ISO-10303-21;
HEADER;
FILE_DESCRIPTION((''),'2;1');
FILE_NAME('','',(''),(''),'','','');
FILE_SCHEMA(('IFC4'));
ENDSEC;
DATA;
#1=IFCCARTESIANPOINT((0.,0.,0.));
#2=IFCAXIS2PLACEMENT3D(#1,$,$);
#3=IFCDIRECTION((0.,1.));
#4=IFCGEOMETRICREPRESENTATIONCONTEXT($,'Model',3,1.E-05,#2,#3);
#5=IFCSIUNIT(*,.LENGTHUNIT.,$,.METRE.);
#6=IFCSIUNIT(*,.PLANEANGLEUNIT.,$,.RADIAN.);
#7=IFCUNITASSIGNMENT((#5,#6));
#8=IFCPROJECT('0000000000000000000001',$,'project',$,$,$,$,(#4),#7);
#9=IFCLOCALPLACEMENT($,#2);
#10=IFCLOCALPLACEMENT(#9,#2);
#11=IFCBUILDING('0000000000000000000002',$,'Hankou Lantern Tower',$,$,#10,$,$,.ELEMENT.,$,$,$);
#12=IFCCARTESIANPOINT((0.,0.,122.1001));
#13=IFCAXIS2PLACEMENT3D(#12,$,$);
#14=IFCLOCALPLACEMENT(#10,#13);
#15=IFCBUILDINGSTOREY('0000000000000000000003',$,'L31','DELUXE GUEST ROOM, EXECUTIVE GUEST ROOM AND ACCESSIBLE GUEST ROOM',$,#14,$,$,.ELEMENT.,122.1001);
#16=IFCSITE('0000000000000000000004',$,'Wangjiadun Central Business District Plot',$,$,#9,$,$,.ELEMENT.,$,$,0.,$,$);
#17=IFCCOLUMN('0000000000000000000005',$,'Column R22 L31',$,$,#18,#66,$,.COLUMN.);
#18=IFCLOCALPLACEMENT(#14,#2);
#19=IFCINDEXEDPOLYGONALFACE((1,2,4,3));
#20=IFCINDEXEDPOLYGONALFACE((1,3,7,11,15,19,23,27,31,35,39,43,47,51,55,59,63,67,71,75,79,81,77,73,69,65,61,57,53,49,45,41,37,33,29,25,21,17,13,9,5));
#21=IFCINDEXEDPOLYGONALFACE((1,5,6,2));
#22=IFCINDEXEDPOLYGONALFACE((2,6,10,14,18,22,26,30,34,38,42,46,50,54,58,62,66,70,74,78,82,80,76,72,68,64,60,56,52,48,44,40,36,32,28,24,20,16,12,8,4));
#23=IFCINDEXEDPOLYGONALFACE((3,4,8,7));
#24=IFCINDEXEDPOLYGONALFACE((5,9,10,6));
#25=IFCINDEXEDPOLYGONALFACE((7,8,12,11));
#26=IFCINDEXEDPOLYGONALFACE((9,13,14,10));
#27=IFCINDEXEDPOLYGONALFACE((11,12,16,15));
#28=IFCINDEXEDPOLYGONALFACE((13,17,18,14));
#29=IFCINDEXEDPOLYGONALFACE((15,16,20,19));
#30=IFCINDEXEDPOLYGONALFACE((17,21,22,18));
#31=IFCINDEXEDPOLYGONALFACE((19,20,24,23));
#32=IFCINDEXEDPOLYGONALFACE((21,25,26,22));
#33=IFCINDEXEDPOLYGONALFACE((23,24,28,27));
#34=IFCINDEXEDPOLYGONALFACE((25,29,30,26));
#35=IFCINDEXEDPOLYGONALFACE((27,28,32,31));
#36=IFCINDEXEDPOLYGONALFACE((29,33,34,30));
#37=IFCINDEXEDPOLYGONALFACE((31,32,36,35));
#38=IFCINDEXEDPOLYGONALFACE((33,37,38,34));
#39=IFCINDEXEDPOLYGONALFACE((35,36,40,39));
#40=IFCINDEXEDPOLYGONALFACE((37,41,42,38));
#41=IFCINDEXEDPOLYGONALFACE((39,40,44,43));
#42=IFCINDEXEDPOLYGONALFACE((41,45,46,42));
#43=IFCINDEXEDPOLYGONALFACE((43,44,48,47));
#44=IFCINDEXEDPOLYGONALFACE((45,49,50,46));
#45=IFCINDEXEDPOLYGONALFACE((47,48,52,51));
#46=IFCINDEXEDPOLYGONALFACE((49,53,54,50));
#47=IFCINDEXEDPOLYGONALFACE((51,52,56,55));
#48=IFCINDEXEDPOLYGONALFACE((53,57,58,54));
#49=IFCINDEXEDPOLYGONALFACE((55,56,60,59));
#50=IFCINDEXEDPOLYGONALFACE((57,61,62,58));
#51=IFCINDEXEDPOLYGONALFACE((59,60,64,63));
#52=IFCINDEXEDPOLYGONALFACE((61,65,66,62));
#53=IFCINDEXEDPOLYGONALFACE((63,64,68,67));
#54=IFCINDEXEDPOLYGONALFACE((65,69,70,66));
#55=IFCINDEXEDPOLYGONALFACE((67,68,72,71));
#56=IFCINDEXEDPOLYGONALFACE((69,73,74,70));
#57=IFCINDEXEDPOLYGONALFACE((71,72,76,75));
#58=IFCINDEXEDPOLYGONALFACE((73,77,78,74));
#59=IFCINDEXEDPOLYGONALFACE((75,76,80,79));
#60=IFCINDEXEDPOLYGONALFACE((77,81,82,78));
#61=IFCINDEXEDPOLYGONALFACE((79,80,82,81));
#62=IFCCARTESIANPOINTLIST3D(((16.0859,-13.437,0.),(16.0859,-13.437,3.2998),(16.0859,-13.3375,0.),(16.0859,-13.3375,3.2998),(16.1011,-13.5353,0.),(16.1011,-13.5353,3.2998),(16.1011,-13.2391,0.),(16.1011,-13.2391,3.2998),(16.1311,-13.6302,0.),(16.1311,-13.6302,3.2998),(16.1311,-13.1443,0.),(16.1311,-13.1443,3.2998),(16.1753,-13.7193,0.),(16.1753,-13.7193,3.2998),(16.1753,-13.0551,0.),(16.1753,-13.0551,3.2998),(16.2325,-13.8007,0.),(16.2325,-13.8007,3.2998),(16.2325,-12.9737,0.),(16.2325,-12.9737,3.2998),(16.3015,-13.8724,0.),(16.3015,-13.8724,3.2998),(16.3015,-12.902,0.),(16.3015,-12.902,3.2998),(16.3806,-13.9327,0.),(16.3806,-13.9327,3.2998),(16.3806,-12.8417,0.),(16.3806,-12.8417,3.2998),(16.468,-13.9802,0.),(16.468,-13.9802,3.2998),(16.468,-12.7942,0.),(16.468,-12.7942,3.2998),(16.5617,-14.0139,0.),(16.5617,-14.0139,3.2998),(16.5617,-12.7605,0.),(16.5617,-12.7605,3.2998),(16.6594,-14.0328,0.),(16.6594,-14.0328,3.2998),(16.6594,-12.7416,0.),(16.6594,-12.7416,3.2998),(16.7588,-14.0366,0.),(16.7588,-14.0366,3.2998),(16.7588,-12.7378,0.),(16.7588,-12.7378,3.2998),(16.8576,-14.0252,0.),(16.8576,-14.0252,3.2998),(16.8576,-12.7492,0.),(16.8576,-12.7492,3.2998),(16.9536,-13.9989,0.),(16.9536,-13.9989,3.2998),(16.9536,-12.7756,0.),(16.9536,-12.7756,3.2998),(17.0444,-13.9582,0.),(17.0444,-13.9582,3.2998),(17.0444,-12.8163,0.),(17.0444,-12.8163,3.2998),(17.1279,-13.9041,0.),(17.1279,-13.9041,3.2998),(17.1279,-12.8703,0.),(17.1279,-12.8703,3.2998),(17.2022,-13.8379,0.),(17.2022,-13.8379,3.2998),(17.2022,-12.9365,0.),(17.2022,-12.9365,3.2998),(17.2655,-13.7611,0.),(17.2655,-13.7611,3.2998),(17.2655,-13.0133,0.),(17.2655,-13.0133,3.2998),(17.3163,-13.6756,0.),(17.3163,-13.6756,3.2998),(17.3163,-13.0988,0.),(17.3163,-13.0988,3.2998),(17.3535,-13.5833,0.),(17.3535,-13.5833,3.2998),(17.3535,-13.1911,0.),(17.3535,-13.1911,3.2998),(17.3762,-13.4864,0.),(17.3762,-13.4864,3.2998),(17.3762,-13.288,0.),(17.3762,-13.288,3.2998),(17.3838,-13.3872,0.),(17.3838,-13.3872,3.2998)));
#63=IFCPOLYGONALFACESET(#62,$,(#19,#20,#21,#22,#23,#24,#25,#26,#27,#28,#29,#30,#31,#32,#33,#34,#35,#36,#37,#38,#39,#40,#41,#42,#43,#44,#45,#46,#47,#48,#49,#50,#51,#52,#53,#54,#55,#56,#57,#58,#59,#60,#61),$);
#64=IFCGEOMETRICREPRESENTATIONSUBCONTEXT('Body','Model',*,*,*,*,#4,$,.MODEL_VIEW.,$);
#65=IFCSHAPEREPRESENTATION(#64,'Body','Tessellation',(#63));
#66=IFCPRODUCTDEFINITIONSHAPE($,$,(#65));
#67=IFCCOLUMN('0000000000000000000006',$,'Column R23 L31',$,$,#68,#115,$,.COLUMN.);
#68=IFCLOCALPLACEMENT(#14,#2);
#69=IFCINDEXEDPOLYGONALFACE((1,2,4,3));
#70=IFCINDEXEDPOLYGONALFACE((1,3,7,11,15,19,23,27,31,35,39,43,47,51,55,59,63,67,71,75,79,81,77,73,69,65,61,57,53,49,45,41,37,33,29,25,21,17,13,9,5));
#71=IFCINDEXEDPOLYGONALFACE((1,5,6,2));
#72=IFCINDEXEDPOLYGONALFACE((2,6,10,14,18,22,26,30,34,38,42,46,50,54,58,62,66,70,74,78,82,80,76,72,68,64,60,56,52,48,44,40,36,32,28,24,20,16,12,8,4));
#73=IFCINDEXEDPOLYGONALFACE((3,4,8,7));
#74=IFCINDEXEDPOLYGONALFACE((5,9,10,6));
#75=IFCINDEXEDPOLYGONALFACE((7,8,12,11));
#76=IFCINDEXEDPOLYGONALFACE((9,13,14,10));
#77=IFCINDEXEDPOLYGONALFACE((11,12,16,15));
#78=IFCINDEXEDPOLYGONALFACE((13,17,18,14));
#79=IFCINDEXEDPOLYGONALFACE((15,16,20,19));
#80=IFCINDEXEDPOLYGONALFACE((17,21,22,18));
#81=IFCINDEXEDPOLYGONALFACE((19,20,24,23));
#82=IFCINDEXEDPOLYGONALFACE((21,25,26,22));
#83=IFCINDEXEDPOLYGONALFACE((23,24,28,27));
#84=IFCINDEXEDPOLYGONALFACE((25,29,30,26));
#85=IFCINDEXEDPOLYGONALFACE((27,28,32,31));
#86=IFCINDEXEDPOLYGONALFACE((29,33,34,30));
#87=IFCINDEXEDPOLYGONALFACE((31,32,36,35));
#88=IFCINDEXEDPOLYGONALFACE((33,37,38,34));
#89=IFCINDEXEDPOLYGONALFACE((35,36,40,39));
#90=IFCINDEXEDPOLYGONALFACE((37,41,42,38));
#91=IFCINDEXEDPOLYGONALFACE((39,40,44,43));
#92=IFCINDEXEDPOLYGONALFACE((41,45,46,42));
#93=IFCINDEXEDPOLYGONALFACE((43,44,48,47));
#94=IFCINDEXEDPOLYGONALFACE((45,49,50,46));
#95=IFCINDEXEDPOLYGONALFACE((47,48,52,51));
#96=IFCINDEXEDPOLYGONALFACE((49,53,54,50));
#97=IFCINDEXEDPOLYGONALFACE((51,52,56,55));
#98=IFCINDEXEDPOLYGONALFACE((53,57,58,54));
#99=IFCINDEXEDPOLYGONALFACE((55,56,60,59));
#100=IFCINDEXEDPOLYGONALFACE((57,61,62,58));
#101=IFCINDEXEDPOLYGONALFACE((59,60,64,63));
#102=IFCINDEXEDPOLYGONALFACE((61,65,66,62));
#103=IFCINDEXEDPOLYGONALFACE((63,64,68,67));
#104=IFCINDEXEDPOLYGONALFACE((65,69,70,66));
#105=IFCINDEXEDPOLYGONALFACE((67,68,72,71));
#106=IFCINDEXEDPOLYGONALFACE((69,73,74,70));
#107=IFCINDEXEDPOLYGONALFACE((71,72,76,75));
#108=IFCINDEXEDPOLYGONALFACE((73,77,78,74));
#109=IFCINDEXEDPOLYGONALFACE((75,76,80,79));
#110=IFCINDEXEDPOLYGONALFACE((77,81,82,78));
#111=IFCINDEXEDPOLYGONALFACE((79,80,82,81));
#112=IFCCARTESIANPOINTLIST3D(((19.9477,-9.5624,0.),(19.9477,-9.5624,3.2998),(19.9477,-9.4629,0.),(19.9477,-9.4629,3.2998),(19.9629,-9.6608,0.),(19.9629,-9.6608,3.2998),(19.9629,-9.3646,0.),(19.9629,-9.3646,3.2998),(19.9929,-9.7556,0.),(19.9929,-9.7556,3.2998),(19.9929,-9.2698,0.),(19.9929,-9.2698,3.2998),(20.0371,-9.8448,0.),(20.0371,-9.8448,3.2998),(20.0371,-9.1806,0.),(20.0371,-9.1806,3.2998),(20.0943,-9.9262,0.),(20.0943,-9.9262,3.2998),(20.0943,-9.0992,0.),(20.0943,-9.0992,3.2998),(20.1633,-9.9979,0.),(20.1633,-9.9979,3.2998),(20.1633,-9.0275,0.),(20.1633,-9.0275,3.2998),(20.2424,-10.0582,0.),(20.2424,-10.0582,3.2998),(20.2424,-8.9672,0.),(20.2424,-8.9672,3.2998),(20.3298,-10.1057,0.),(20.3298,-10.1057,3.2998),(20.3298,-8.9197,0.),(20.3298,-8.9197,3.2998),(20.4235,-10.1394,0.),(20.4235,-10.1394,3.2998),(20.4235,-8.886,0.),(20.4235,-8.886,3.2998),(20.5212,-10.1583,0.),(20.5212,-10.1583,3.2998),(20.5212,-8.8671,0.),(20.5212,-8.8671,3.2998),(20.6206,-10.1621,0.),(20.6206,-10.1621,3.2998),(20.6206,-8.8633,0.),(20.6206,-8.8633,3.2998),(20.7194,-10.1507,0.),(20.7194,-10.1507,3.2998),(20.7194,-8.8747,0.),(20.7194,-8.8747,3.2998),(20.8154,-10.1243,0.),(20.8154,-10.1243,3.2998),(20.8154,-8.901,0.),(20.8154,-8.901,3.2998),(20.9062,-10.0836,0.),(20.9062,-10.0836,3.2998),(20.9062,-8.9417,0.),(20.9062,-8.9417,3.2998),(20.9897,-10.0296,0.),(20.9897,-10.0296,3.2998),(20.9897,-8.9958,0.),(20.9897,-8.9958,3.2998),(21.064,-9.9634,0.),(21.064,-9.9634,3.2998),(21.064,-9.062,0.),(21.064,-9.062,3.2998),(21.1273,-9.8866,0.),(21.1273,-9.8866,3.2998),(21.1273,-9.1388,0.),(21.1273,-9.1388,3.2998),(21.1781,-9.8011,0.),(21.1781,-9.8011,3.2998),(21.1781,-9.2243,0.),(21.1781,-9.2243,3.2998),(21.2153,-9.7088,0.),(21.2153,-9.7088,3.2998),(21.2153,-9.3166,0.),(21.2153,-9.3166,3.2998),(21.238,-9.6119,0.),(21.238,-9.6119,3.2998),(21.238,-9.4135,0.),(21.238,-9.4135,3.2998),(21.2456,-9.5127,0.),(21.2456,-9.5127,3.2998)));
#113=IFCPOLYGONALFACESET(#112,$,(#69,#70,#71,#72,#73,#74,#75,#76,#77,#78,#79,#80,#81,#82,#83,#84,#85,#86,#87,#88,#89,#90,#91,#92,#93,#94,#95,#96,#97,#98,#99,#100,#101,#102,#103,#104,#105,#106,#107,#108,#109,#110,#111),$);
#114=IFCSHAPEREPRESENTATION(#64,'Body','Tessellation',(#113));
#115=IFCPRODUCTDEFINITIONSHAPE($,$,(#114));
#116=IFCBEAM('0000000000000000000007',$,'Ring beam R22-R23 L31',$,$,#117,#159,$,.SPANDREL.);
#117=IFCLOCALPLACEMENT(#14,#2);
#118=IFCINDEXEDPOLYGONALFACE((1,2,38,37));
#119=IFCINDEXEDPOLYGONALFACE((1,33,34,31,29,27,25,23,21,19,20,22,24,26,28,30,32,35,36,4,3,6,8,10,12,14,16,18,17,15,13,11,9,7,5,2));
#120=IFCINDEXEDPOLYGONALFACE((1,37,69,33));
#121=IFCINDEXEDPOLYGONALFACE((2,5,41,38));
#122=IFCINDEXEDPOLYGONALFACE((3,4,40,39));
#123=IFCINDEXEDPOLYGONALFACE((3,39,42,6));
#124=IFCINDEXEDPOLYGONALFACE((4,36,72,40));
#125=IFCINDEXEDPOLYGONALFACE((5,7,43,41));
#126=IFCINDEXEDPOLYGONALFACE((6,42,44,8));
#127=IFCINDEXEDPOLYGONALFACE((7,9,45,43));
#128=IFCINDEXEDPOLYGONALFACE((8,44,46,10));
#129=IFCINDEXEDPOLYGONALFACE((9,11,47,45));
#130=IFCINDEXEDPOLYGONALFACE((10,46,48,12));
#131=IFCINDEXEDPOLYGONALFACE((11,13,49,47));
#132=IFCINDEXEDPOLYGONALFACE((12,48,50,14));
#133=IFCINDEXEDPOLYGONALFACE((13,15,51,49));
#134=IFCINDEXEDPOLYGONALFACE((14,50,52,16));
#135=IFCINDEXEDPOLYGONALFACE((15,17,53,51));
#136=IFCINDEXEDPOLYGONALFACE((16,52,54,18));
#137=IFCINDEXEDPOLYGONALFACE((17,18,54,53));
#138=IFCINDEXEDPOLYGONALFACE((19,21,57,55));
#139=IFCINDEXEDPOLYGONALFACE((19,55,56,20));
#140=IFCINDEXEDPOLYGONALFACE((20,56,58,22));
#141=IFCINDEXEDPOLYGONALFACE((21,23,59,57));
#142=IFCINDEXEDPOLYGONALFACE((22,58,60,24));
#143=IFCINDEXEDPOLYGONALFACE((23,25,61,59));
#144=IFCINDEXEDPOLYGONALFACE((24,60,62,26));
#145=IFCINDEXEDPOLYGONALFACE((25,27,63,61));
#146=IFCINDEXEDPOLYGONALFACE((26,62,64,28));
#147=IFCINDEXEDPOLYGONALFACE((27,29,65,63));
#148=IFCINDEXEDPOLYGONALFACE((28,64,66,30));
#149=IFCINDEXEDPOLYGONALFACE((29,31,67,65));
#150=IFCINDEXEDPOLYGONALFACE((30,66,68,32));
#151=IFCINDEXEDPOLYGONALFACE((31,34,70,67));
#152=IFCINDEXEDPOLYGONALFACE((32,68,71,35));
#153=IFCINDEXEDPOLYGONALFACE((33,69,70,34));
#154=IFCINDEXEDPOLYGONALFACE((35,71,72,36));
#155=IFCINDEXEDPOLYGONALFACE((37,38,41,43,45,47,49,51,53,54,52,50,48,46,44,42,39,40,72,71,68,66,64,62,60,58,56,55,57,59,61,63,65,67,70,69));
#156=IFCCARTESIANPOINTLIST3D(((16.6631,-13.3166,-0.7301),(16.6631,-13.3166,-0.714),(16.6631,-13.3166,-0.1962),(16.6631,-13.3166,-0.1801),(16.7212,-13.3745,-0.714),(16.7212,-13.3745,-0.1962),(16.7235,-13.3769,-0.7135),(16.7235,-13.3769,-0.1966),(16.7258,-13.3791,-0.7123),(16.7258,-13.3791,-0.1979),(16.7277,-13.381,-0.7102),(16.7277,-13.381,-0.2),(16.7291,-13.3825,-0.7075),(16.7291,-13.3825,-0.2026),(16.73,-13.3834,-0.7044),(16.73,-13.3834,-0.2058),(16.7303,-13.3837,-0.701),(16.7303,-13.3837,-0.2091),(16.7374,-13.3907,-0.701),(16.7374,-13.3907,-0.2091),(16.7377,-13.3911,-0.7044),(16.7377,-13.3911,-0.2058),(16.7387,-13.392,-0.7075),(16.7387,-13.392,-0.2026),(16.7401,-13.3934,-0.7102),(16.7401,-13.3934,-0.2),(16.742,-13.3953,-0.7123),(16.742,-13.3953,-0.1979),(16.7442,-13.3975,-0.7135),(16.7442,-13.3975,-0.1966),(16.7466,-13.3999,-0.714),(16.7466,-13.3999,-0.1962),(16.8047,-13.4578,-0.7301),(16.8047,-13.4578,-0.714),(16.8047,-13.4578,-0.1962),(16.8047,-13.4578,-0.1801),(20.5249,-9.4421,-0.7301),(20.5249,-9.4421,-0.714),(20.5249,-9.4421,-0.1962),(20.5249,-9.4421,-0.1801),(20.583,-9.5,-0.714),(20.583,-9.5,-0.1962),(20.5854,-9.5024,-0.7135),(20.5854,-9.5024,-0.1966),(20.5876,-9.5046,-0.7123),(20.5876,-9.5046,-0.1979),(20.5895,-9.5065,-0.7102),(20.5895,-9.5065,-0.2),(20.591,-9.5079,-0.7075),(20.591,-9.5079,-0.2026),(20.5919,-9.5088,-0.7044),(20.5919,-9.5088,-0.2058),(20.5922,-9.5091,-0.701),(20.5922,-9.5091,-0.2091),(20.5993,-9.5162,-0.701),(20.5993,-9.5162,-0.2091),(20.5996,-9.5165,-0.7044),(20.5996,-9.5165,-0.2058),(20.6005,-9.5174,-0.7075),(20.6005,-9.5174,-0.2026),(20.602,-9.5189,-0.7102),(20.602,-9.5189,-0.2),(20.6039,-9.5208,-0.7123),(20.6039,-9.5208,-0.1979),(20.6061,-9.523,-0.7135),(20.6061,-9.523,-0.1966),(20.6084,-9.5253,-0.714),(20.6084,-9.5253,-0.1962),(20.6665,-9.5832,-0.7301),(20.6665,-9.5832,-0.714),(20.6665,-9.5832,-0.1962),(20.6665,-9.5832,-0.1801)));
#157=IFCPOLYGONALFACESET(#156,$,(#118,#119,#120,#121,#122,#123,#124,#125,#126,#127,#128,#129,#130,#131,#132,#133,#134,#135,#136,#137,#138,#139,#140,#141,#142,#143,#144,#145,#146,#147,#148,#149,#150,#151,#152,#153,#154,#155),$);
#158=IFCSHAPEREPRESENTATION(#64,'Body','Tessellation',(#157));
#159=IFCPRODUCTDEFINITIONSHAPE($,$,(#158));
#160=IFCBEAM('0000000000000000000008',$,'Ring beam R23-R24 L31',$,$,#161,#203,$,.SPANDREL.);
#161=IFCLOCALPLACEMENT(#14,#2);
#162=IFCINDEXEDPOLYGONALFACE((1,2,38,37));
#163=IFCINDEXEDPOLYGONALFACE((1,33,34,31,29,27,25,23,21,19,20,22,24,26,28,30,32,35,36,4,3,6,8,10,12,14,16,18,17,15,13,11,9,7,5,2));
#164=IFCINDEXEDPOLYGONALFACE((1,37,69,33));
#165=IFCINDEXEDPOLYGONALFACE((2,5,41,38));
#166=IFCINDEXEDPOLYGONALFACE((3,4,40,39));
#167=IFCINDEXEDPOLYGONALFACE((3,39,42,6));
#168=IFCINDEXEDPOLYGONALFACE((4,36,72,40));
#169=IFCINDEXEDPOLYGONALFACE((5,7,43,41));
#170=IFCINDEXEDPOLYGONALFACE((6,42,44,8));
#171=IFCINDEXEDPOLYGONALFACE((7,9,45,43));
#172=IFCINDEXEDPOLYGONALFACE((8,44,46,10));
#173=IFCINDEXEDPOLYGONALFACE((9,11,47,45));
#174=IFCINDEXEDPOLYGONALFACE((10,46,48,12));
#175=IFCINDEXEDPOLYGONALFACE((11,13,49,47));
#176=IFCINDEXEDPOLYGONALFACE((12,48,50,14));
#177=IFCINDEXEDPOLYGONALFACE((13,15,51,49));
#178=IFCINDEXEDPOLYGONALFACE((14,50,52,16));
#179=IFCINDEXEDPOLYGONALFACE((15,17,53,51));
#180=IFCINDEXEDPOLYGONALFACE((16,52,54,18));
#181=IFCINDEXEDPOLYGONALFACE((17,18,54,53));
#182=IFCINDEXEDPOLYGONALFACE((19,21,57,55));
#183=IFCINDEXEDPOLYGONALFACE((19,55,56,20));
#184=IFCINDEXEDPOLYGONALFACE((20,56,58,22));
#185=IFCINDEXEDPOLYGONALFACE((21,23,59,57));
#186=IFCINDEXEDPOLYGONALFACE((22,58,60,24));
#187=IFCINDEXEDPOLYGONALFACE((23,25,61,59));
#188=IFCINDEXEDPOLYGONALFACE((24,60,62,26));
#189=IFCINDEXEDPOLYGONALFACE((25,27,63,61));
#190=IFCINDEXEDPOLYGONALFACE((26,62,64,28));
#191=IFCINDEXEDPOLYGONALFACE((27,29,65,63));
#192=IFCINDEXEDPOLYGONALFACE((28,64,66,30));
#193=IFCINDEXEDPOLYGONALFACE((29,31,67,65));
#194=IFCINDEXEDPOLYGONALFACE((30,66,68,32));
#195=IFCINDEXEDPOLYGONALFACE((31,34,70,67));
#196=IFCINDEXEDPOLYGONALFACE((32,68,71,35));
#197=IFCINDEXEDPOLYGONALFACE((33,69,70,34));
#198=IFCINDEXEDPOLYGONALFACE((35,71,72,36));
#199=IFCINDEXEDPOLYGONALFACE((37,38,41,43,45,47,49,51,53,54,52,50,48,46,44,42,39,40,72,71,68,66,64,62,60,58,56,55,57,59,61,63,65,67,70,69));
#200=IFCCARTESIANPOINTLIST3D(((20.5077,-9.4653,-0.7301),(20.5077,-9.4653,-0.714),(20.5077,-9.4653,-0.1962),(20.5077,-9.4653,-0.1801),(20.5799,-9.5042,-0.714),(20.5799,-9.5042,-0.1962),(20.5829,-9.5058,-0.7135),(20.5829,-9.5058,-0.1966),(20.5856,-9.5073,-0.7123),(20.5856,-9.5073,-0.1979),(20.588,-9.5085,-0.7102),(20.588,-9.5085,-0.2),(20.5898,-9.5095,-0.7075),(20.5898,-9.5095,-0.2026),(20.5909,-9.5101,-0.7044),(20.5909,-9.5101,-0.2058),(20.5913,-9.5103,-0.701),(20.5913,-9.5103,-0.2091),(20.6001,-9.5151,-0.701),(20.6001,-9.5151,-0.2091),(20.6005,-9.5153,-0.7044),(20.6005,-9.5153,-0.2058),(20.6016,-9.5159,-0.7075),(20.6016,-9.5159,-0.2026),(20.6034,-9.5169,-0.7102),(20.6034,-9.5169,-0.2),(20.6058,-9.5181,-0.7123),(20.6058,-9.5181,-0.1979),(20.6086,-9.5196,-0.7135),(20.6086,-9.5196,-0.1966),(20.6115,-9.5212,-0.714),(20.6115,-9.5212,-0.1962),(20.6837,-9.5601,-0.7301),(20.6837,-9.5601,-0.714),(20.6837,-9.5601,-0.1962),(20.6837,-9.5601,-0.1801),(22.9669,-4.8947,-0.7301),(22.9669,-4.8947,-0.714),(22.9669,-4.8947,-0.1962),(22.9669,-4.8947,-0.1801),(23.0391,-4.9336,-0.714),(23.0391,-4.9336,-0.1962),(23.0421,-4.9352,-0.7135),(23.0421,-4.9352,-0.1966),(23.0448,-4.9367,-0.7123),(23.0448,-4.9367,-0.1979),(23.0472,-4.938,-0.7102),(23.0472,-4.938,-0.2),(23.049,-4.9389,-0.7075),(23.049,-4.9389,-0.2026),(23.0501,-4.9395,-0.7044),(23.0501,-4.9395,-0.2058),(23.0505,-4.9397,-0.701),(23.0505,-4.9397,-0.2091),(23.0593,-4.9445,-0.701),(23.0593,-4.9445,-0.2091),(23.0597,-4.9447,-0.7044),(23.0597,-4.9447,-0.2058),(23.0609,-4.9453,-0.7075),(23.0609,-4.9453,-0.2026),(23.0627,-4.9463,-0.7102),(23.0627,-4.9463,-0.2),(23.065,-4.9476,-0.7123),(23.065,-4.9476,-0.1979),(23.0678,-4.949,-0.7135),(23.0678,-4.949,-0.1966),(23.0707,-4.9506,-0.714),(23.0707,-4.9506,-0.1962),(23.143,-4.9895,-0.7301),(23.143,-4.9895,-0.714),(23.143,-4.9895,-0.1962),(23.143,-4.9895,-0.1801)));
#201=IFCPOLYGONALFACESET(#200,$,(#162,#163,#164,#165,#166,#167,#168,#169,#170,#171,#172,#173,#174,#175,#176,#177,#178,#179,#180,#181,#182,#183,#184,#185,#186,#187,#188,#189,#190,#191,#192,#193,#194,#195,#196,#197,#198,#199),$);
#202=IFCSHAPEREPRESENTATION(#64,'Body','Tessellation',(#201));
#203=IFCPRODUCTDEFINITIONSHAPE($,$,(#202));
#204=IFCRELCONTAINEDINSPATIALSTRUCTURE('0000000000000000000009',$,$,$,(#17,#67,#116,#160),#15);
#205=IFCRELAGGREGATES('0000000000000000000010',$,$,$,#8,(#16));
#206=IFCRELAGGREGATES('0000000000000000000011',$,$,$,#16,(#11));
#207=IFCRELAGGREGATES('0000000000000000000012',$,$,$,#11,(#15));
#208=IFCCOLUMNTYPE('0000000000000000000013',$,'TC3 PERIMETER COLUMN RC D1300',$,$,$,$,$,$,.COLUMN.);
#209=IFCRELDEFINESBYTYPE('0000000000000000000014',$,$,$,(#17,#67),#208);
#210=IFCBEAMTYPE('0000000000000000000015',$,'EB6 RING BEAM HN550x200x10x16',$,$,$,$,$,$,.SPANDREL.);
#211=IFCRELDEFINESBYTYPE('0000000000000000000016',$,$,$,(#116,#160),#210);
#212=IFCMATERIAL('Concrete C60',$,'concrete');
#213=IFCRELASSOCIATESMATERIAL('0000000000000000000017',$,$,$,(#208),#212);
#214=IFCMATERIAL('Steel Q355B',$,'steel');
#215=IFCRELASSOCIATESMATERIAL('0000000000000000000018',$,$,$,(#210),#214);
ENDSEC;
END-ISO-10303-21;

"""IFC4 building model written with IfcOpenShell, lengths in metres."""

from ifc_helpers import new_model, si_unit, direction, frame, origin, origin_2d, place, context, subcontext, project, spatial, circle, i_section, extrude, material, material_profile, profile_set, type_object, element, save


model = new_model("IFC4")

# Units and contexts
model_context = context("Model", 3, precision=1e-05, world=origin(), true_north=direction((0.0, 1.0)))
body_context = subcontext(model_context, "Body", "Model", "MODEL_VIEW")
ifc_project = project(units=[si_unit("LENGTHUNIT", "METRE"), si_unit("PLANEANGLEUNIT", "RADIAN")], contexts=[model_context])

# Site, building, storey
site_placement = place(None, origin())
site = spatial("IfcSite", under=ifc_project, at=site_placement, Name="Wangjiadun Central Business District Plot", CompositionType="ELEMENT", RefElevation=0.0)
building_placement = place(site_placement, origin())
building = spatial("IfcBuilding", under=site, at=building_placement, Name="Hankou Lantern Tower", CompositionType="ELEMENT")
storey_placement = place(building_placement, frame((0.0, 0.0, 122.1001)))
storey = spatial("IfcBuildingStorey", under=building, at=storey_placement, Name="L31", Description="DELUXE GUEST ROOM, EXECUTIVE GUEST ROOM AND ACCESSIBLE GUEST ROOM", CompositionType="ELEMENT", Elevation=122.1001)

# Columns
ifc_material_1 = material(Name="Concrete C60", Category="concrete")
ifc_material_profile_1 = material_profile(ifc_material_1, circle(Radius=0.6499, at=origin_2d()), Name="RC D1300")
ifc_profile_set_1 = profile_set([ifc_material_profile_1], Name="Concrete C60")
column_type = type_object("IfcColumnType", Name="TC3 PERIMETER COLUMN RC D1300", PredefinedType="COLUMN", material=ifc_profile_set_1)
for number, where, z_axis, x_axis, name in (
    (1, (16.7339, -13.3872, 0.0), (0.0, 0.0, 1.0), (1.0, 0.0, 0.0), "Column R22 L31"),
    (2, (20.5957, -9.5127, 0.0), (0.0, 0.0, 1.0), (1.0, 0.0, 0.0), "Column R23 L31"),
):
    element("IfcColumn", number, at=place(storey_placement, frame(where, z_axis=z_axis, x_axis=x_axis)), inside=storey, type_object=column_type, Name=name, PredefinedType="COLUMN", context=body_context, shape_type="SweptSolid", body=[
        extrude(circle(Radius=0.6499, at=origin_2d()), origin(), (0.0, 0.0, 1.0), 3.2998),
    ])

# Beams
ifc_material_2 = material(Name="Steel Q355B", Category="steel")
ifc_material_profile_2 = material_profile(ifc_material_2, i_section(OverallWidth=0.2, OverallDepth=0.55, WebThickness=0.01, FlangeThickness=0.0161, FilletRadius=0.0129, at=origin_2d()), Name="HN550x200x10x16")
ifc_profile_set_2 = profile_set([ifc_material_profile_2], Name="Steel Q355B")
beam_type = type_object("IfcBeamType", Name="EB6 RING BEAM HN550x200x10x16", PredefinedType="SPANDREL", material=ifc_profile_set_2)
beam_1_placement = place(storey_placement, frame((16.7339, -13.3872, -0.4551), z_axis=(0.705945, 0.708266, 0.0), x_axis=(-0.708266, 0.705945, 0.0)))
element("IfcBeam", 3, at=beam_1_placement, inside=storey, type_object=beam_type, Name="Ring beam R22-R23 L31", PredefinedType="SPANDREL", context=body_context, shape_type="SweptSolid", body=[
    extrude(i_section(OverallWidth=0.2, OverallDepth=0.55, WebThickness=0.01, FlangeThickness=0.0161, FilletRadius=0.0129, at=origin_2d()), origin(), (0.0, 0.0, 1.0), 5.4705),
])
beam_2_placement = place(storey_placement, frame((20.5957, -9.5127, -0.4551), z_axis=(0.473825, 0.880619, 0.0), x_axis=(-0.880619, 0.473825, 0.0)))
element("IfcBeam", 4, at=beam_2_placement, inside=storey, type_object=beam_type, Name="Ring beam R23-R24 L31", PredefinedType="SPANDREL", context=body_context, shape_type="SweptSolid", body=[
    extrude(i_section(OverallWidth=0.2, OverallDepth=0.55, WebThickness=0.01, FlangeThickness=0.0161, FilletRadius=0.0129, at=origin_2d()), origin(), (0.0, 0.0, 1.0), 5.1902),
])

save(model, "model.ifc")
